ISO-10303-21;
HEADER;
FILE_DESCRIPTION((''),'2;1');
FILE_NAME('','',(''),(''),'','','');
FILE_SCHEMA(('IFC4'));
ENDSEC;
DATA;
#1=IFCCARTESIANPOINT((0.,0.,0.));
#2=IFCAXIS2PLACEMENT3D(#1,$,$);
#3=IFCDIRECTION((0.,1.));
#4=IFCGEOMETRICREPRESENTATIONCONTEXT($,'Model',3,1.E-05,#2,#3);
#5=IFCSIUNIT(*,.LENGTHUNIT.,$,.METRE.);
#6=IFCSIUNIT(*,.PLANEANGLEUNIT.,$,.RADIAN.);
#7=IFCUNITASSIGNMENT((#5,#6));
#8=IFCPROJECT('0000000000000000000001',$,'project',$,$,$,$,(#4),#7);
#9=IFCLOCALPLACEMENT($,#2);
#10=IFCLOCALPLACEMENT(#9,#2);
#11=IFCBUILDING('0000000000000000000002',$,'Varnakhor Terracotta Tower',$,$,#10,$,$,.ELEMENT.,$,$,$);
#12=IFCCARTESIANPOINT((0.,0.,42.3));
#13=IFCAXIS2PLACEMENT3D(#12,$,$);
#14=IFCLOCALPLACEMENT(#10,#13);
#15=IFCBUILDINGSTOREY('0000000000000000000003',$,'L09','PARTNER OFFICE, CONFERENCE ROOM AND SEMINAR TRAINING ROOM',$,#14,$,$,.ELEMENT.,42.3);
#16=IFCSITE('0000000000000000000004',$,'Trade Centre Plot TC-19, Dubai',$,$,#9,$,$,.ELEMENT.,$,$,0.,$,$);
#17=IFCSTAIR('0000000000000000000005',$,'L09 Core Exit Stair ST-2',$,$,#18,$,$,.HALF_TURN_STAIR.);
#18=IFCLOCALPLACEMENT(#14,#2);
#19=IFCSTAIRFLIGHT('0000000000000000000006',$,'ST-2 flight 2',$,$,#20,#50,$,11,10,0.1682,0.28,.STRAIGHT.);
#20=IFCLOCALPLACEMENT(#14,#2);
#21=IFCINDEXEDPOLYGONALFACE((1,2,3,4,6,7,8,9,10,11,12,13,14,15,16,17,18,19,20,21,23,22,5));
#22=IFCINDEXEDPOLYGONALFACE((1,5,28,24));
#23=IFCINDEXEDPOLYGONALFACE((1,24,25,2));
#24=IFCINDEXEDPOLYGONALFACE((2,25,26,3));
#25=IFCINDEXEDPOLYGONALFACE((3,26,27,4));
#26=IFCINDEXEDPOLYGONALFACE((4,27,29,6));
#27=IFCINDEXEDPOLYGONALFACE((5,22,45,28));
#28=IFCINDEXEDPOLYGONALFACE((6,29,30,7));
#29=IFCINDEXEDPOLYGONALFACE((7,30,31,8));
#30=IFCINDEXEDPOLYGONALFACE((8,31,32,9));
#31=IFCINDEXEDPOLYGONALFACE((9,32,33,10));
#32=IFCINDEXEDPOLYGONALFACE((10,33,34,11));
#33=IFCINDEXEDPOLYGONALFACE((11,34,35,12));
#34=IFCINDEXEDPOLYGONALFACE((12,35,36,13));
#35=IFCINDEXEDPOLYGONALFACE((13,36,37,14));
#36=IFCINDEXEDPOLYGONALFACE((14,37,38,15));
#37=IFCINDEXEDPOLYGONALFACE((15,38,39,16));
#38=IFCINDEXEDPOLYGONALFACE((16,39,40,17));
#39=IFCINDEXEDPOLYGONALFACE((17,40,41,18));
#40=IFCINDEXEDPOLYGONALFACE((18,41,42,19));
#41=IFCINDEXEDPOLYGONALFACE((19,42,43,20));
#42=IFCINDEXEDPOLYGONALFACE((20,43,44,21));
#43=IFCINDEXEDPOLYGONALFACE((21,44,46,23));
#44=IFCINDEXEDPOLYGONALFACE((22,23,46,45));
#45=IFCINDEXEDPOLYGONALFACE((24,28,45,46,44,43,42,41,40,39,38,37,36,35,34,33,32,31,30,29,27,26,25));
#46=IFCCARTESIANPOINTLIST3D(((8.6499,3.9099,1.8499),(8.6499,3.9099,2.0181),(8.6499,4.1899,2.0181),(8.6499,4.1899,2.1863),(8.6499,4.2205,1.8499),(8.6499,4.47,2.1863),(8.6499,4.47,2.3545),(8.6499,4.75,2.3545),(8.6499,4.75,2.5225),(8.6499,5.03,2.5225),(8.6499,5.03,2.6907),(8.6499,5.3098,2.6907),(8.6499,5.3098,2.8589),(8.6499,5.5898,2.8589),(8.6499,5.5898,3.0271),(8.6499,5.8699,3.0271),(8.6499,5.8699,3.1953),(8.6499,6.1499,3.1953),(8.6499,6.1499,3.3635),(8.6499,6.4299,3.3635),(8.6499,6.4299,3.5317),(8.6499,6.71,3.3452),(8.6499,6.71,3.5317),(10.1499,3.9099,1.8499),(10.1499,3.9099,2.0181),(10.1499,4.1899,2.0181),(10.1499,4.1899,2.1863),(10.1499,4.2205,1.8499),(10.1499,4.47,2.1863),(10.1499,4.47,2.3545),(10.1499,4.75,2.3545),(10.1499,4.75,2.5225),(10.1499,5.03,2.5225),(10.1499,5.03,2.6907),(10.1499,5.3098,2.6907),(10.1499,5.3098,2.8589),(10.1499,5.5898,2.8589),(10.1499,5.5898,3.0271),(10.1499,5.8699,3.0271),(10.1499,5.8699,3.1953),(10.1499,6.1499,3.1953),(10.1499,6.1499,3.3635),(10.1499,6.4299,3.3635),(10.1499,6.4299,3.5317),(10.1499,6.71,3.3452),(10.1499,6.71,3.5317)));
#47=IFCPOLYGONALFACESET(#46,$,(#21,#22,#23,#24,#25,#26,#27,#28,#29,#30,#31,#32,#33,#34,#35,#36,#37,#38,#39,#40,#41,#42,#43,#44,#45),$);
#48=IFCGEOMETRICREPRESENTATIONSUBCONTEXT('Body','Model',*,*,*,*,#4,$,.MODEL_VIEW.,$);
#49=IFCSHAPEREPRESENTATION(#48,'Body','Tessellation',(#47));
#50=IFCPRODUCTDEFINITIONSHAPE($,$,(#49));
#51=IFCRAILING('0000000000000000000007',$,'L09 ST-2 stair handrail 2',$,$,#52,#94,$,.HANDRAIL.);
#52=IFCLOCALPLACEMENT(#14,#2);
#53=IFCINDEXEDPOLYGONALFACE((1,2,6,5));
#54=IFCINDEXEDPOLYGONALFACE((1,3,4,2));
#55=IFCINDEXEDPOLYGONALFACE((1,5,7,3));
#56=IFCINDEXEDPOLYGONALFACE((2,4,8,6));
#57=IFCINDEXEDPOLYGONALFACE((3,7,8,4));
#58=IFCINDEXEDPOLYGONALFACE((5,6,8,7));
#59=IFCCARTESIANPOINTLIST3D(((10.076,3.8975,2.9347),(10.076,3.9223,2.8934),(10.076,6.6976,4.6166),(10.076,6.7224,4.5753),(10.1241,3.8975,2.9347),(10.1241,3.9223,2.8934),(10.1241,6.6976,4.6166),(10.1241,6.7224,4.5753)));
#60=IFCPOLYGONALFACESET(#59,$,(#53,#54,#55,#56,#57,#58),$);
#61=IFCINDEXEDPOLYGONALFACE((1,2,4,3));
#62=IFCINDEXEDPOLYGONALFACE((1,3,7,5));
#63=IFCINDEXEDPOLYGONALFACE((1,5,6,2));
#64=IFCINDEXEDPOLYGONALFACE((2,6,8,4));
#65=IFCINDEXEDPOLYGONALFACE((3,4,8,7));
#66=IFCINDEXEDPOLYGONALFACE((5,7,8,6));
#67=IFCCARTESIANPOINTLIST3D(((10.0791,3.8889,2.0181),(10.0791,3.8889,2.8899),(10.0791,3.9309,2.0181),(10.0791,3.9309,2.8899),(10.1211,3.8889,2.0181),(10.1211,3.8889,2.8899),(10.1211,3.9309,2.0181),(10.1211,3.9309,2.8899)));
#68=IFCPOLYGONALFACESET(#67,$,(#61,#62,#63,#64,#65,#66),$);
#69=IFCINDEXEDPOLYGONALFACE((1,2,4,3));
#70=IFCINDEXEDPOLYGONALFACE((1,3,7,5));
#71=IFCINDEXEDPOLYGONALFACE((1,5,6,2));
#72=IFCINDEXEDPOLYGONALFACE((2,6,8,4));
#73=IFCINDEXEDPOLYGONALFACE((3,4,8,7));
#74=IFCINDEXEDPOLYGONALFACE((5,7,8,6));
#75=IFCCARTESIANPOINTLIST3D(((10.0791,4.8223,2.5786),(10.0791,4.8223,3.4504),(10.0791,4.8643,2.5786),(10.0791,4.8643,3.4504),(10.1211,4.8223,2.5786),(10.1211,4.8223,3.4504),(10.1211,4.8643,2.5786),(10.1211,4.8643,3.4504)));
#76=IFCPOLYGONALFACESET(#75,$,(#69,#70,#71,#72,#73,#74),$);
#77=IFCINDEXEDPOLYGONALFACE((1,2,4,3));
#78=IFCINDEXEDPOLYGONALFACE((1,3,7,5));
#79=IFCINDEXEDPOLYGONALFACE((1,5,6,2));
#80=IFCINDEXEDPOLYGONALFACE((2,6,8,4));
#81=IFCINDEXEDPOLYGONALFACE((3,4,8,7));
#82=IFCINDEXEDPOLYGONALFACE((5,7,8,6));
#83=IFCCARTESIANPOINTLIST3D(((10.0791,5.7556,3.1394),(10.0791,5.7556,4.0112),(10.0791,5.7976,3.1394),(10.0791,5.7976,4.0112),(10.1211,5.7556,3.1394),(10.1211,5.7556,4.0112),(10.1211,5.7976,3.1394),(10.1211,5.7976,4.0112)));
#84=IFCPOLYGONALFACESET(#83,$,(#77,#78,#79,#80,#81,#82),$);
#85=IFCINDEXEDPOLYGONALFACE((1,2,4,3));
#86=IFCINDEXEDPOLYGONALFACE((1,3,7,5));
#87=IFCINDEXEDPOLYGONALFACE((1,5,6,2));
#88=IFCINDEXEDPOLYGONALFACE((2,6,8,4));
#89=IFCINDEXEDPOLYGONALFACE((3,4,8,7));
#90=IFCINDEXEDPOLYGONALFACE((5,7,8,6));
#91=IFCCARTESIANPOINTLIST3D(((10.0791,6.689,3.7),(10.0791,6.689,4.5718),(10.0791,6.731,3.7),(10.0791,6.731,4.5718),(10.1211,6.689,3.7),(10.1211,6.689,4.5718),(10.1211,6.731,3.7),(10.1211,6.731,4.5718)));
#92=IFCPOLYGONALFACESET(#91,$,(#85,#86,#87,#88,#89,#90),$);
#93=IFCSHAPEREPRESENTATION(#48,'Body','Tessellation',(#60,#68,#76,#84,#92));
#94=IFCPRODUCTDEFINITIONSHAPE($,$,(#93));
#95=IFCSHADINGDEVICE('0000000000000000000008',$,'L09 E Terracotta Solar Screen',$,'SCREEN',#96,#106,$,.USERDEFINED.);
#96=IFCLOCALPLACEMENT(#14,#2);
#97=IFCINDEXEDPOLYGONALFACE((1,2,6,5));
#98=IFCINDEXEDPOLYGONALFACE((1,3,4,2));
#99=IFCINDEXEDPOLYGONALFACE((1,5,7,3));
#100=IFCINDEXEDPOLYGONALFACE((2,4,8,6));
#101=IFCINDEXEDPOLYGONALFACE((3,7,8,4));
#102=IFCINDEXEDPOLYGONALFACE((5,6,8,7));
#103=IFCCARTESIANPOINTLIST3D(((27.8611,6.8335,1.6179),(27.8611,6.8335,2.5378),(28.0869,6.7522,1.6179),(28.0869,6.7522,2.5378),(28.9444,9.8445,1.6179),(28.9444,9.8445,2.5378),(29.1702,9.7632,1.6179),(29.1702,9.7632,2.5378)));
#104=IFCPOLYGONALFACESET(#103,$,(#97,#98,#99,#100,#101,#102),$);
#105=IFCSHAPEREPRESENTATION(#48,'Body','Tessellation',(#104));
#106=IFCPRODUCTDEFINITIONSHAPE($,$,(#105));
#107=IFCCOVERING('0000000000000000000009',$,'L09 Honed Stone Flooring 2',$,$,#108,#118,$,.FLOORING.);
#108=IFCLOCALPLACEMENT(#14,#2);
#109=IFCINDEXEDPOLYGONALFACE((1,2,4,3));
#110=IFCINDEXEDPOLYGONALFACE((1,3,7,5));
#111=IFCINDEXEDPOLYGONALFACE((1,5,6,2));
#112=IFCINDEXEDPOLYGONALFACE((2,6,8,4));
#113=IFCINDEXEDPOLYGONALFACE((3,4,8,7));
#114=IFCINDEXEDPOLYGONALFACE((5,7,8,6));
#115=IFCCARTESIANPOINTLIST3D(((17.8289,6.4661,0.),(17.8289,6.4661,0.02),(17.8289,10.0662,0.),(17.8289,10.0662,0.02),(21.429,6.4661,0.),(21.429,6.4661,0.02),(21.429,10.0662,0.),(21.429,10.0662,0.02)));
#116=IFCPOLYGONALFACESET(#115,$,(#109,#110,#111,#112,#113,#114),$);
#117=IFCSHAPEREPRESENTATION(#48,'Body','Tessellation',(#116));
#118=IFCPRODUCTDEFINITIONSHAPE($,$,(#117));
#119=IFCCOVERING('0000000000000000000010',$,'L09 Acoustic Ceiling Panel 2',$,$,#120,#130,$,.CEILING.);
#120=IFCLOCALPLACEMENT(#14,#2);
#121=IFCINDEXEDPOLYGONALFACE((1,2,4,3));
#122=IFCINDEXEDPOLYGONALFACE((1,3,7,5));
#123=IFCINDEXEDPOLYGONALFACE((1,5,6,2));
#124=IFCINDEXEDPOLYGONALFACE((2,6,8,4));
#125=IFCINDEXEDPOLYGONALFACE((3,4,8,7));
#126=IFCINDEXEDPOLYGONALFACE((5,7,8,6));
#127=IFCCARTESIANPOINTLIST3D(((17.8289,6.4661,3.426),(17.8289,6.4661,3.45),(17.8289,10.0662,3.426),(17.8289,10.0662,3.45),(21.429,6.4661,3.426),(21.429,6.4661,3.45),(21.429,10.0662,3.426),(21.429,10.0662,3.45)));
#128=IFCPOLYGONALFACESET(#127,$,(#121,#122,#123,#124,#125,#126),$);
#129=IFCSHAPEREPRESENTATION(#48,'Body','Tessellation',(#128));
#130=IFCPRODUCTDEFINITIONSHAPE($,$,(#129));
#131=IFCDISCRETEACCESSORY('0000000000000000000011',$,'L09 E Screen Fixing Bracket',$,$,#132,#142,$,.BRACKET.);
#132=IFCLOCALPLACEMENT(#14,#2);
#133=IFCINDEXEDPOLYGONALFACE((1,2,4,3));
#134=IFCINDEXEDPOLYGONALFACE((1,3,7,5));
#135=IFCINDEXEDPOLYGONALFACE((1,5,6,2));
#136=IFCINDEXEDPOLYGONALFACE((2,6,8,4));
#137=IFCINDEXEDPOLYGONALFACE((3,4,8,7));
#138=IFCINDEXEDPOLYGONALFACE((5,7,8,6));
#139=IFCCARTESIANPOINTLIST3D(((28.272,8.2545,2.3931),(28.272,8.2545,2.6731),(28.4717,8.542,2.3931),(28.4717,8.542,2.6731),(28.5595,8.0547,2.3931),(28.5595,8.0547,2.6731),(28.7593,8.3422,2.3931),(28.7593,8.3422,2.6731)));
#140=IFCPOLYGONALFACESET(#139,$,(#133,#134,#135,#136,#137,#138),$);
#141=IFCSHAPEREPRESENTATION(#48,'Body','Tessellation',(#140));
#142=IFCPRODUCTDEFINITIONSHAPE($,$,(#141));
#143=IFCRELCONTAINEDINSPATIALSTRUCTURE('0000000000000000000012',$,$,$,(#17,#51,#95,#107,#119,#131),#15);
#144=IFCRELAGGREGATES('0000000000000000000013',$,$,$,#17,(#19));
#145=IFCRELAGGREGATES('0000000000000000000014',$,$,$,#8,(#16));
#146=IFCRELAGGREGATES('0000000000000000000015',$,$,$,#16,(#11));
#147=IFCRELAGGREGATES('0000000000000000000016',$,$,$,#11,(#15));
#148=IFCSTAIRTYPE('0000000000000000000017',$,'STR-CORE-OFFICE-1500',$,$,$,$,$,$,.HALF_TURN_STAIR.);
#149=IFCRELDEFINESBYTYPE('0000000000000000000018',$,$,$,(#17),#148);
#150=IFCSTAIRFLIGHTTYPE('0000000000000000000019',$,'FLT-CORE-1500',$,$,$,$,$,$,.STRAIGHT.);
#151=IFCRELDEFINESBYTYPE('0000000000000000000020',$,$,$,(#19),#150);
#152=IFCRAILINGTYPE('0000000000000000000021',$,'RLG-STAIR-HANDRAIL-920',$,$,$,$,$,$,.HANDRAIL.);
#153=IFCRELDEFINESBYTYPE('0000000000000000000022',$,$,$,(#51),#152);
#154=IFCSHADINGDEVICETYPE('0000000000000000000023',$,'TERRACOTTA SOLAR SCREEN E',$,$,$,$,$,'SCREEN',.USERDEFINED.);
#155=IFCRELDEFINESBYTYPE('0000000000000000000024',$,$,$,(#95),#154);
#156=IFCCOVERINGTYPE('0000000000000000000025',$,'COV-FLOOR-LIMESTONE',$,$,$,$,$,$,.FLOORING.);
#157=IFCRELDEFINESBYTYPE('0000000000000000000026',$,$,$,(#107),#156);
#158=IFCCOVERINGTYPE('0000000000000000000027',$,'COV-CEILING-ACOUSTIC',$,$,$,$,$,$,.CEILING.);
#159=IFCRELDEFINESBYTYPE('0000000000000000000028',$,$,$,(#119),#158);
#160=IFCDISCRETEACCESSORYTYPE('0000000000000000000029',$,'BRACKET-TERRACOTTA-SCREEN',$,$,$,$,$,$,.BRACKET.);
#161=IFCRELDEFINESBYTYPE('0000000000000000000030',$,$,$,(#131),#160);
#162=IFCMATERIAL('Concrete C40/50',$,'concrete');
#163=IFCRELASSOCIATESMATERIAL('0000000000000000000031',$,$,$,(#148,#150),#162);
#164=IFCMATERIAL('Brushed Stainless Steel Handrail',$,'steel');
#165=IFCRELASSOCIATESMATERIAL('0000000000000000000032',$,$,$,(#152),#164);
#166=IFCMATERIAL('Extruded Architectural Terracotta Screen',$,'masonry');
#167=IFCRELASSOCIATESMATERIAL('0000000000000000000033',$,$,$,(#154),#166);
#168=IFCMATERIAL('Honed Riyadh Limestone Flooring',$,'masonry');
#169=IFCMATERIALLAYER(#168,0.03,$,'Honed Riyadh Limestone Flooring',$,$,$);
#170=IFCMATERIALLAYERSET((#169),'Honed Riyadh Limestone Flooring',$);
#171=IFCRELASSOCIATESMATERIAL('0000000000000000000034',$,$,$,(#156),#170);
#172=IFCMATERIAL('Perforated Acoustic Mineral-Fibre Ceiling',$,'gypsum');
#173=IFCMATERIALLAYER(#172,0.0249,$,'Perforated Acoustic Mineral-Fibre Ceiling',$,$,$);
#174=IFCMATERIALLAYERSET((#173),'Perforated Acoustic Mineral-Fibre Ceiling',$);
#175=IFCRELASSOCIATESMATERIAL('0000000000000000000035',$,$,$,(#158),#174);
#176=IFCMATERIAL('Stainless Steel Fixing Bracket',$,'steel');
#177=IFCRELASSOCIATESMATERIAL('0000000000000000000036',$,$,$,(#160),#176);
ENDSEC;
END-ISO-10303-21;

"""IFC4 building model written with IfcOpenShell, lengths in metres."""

from ifc_helpers import new_model, si_unit, direction, frame, origin, origin_2d, place, context, subcontext, project, spatial, polyline, rectangle, outline, extrude, source, transform, mapped, material, layer, layer_set, type_object, type_shapes, element, aggregate, save


model = new_model("IFC4")

# Units and contexts
model_context = context("Model", 3, precision=1e-05, world=origin(), true_north=direction((0.0, 1.0)))
body_context = subcontext(model_context, "Body", "Model", "MODEL_VIEW")
ifc_project = project(units=[si_unit("LENGTHUNIT", "METRE"), si_unit("PLANEANGLEUNIT", "RADIAN")], contexts=[model_context])

# Site, building, storey
site_placement = place(None, origin())
site = spatial("IfcSite", under=ifc_project, at=site_placement, Name="Trade Centre Plot TC-19, Dubai", CompositionType="ELEMENT", RefElevation=0.0)
building_placement = place(site_placement, origin())
building = spatial("IfcBuilding", under=site, at=building_placement, Name="Varnakhor Terracotta Tower", CompositionType="ELEMENT")
storey_placement = place(building_placement, frame((0.0, 0.0, 42.3)))
storey = spatial("IfcBuildingStorey", under=building, at=storey_placement, Name="L09", Description="PARTNER OFFICE, CONFERENCE ROOM AND SEMINAR TRAINING ROOM", CompositionType="ELEMENT", Elevation=42.3)

# Shared definitions
ifc_material_1 = material(Name="Concrete C40/50", Category="concrete")

# Stair, stair flight
stair_type = type_object("IfcStairType", Name="STR-CORE-OFFICE-1500", PredefinedType="HALF_TURN_STAIR", material=ifc_material_1)
stair_placement = place(storey_placement, origin())
stair = element("IfcStair", 1, at=stair_placement, inside=storey, type_object=stair_type, Name="L09 Core Exit Stair ST-2", PredefinedType="HALF_TURN_STAIR")
stair_flight_type = type_object("IfcStairFlightType", Name="FLT-CORE-1500", PredefinedType="STRAIGHT", material=ifc_material_1)
stair_flight_placement = place(storey_placement, frame((9.3999, 3.9099, 1.8499), z_axis=(0.0, 0.0, 1.0), x_axis=(0.0, 1.0, 0.0)))
stair_flight = element("IfcStairFlight", 2, at=stair_flight_placement, type_object=stair_flight_type, Name="ST-2 flight 2", NumberOfRisers=11, NumberOfTreads=10, PredefinedType="STRAIGHT", RiserHeight=0.1682, TreadLength=0.28, context=body_context, shape_type="SweptSolid", body=[
    extrude(outline(polyline([(0.0, 0.0), (0.0, 0.1682), (0.28, 0.1682), (0.28, 0.3364), (0.5601, 0.3364), (0.5601, 0.5046), (0.8401, 0.5046), (0.8401, 0.6726), (1.1201, 0.6726), (1.1201, 0.8408), (1.3999, 0.8408), (1.3999, 1.009), (1.6799, 1.009), (1.6799, 1.1772), (1.96, 1.1772), (1.96, 1.3455), (2.24, 1.3455), (2.24, 1.5137), (2.52, 1.5137), (2.52, 1.6819), (2.8, 1.6819), (2.8, 1.8501), (2.8, 1.4954), (0.3105, 0.0), (0.0, 0.0)])), frame((0.0, 0.75, 0.0), z_axis=(0.0, -1.0, 0.0), x_axis=(1.0, 0.0, 0.0)), (0.0, 0.0, 1.0), 1.5),
])
aggregate(stair, [stair_flight])

# Railing
ifc_material_2 = material(Name="Brushed Stainless Steel Handrail", Category="steel")
railing_type = type_object("IfcRailingType", Name="RLG-STAIR-HANDRAIL-920", PredefinedType="HANDRAIL", material=ifc_material_2)
railing_placement = place(storey_placement, frame((10.1001, 3.9099, 2.0181)))
element("IfcRailing", 3, at=railing_placement, inside=storey, type_object=railing_type, Name="L09 ST-2 stair handrail 2", PredefinedType="HANDRAIL", context=body_context, shape_type="SweptSolid", body=[
    extrude(rectangle(XDim=0.0481, YDim=0.0481, at=origin_2d()), frame((0.0, 0.0, 0.896), z_axis=(0.0, 0.857242, 0.514913), x_axis=(-1.0, 0.0, 0.0)), (0.0, 0.0, 1.0), 3.2664),
    extrude(rectangle(XDim=0.042, YDim=0.042, at=origin_2d()), origin(), (0.0, 0.0, 1.0), 0.8718),
    extrude(rectangle(XDim=0.042, YDim=0.042, at=origin_2d()), frame((0.0, 0.9333, 0.5605)), (0.0, 0.0, 1.0), 0.8718),
    extrude(rectangle(XDim=0.042, YDim=0.042, at=origin_2d()), frame((0.0, 1.8667, 1.1213)), (0.0, 0.0, 1.0), 0.8718),
    extrude(rectangle(XDim=0.042, YDim=0.042, at=origin_2d()), frame((0.0, 2.8, 1.6819)), (0.0, 0.0, 1.0), 0.8718),
])

# Shading device
ifc_material_3 = material(Name="Extruded Architectural Terracotta Screen", Category="masonry")
shading_device_type = type_object("IfcShadingDeviceType", Name="TERRACOTTA SOLAR SCREEN E", ElementType="SCREEN", PredefinedType="USERDEFINED", material=ifc_material_3)
shared_shape_1 = source(origin(), body_context, "Body", "SweptSolid", [
    extrude(rectangle(XDim=3.2, YDim=0.24, at=origin_2d()), origin(), (0.0, 0.0, 1.0), 0.9199),
])
type_shapes(shading_device_type, [shared_shape_1])
shading_device_placement = place(storey_placement, frame((28.5156, 8.2983, 1.6179), z_axis=(0.0, 0.0, 1.0), x_axis=(0.338541, 0.940952, 0.0)))
element("IfcShadingDevice", 4, at=shading_device_placement, inside=storey, type_object=shading_device_type, Name="L09 E Terracotta Solar Screen", ObjectType="SCREEN", PredefinedType="USERDEFINED", context=body_context, shape_type="MappedRepresentation", body=[
    mapped(shared_shape_1, transform((0.0, 0.0, 0.0), scale=1.0)),
])

# Coverings
ifc_material_4 = material(Name="Honed Riyadh Limestone Flooring", Category="masonry")
ifc_layer_1 = layer(ifc_material_4, 0.03, Name="Honed Riyadh Limestone Flooring")
ifc_layer_set_1 = layer_set([ifc_layer_1], Name="Honed Riyadh Limestone Flooring")
covering_type_1 = type_object("IfcCoveringType", Name="COV-FLOOR-LIMESTONE", PredefinedType="FLOORING", material=ifc_layer_set_1)
shared_shape_2 = source(origin(), body_context, "Body", "SweptSolid", [
    extrude(rectangle(XDim=3.6001, YDim=3.6001, at=origin_2d()), origin(), (0.0, 0.0, 1.0), 0.02),
])
covering_1_placement = place(storey_placement, frame((19.6289, 8.2661, 0.0), z_axis=(0.0, 0.0, 1.0), x_axis=(1.0, 0.0, 0.0)))
element("IfcCovering", 5, at=covering_1_placement, inside=storey, type_object=covering_type_1, Name="L09 Honed Stone Flooring 2", PredefinedType="FLOORING", context=body_context, shape_type="MappedRepresentation", body=[
    mapped(shared_shape_2, transform((0.0, 0.0, 0.0), scale=1.0)),
])
ifc_material_5 = material(Name="Perforated Acoustic Mineral-Fibre Ceiling", Category="gypsum")
ifc_layer_2 = layer(ifc_material_5, 0.0249, Name="Perforated Acoustic Mineral-Fibre Ceiling")
ifc_layer_set_2 = layer_set([ifc_layer_2], Name="Perforated Acoustic Mineral-Fibre Ceiling")
covering_type_2 = type_object("IfcCoveringType", Name="COV-CEILING-ACOUSTIC", PredefinedType="CEILING", material=ifc_layer_set_2)
shared_shape_3 = source(origin(), body_context, "Body", "SweptSolid", [
    extrude(rectangle(XDim=3.6001, YDim=3.6001, at=origin_2d()), origin(), (0.0, 0.0, 1.0), 0.0239),
])
covering_2_placement = place(storey_placement, frame((19.6289, 8.2661, 3.426), z_axis=(0.0, 0.0, 1.0), x_axis=(1.0, 0.0, 0.0)))
element("IfcCovering", 6, at=covering_2_placement, inside=storey, type_object=covering_type_2, Name="L09 Acoustic Ceiling Panel 2", PredefinedType="CEILING", context=body_context, shape_type="MappedRepresentation", body=[
    mapped(shared_shape_3, transform((0.0, 0.0, 0.0), scale=1.0)),
])

# Discrete accessory
ifc_material_6 = material(Name="Stainless Steel Fixing Bracket", Category="steel")
discrete_accessory_type = type_object("IfcDiscreteAccessoryType", Name="BRACKET-TERRACOTTA-SCREEN", PredefinedType="BRACKET", material=ifc_material_6)
shared_shape_4 = source(origin(), body_context, "Body", "SweptSolid", [
    extrude(rectangle(XDim=0.3501, YDim=0.3501, at=origin_2d()), origin(), (0.0, 0.0, 1.0), 0.28),
])
type_shapes(discrete_accessory_type, [shared_shape_4])
discrete_accessory_placement = place(storey_placement, frame((28.5156, 8.2983, 2.3931), z_axis=(0.0, 0.0, 1.0), x_axis=(0.570542, 0.821269, 0.0)))
element("IfcDiscreteAccessory", 7, at=discrete_accessory_placement, inside=storey, type_object=discrete_accessory_type, Name="L09 E Screen Fixing Bracket", PredefinedType="BRACKET", context=body_context, shape_type="MappedRepresentation", body=[
    mapped(shared_shape_4, transform((0.0, 0.0, 0.0), scale=1.0)),
])

save(model, "model.ifc")
